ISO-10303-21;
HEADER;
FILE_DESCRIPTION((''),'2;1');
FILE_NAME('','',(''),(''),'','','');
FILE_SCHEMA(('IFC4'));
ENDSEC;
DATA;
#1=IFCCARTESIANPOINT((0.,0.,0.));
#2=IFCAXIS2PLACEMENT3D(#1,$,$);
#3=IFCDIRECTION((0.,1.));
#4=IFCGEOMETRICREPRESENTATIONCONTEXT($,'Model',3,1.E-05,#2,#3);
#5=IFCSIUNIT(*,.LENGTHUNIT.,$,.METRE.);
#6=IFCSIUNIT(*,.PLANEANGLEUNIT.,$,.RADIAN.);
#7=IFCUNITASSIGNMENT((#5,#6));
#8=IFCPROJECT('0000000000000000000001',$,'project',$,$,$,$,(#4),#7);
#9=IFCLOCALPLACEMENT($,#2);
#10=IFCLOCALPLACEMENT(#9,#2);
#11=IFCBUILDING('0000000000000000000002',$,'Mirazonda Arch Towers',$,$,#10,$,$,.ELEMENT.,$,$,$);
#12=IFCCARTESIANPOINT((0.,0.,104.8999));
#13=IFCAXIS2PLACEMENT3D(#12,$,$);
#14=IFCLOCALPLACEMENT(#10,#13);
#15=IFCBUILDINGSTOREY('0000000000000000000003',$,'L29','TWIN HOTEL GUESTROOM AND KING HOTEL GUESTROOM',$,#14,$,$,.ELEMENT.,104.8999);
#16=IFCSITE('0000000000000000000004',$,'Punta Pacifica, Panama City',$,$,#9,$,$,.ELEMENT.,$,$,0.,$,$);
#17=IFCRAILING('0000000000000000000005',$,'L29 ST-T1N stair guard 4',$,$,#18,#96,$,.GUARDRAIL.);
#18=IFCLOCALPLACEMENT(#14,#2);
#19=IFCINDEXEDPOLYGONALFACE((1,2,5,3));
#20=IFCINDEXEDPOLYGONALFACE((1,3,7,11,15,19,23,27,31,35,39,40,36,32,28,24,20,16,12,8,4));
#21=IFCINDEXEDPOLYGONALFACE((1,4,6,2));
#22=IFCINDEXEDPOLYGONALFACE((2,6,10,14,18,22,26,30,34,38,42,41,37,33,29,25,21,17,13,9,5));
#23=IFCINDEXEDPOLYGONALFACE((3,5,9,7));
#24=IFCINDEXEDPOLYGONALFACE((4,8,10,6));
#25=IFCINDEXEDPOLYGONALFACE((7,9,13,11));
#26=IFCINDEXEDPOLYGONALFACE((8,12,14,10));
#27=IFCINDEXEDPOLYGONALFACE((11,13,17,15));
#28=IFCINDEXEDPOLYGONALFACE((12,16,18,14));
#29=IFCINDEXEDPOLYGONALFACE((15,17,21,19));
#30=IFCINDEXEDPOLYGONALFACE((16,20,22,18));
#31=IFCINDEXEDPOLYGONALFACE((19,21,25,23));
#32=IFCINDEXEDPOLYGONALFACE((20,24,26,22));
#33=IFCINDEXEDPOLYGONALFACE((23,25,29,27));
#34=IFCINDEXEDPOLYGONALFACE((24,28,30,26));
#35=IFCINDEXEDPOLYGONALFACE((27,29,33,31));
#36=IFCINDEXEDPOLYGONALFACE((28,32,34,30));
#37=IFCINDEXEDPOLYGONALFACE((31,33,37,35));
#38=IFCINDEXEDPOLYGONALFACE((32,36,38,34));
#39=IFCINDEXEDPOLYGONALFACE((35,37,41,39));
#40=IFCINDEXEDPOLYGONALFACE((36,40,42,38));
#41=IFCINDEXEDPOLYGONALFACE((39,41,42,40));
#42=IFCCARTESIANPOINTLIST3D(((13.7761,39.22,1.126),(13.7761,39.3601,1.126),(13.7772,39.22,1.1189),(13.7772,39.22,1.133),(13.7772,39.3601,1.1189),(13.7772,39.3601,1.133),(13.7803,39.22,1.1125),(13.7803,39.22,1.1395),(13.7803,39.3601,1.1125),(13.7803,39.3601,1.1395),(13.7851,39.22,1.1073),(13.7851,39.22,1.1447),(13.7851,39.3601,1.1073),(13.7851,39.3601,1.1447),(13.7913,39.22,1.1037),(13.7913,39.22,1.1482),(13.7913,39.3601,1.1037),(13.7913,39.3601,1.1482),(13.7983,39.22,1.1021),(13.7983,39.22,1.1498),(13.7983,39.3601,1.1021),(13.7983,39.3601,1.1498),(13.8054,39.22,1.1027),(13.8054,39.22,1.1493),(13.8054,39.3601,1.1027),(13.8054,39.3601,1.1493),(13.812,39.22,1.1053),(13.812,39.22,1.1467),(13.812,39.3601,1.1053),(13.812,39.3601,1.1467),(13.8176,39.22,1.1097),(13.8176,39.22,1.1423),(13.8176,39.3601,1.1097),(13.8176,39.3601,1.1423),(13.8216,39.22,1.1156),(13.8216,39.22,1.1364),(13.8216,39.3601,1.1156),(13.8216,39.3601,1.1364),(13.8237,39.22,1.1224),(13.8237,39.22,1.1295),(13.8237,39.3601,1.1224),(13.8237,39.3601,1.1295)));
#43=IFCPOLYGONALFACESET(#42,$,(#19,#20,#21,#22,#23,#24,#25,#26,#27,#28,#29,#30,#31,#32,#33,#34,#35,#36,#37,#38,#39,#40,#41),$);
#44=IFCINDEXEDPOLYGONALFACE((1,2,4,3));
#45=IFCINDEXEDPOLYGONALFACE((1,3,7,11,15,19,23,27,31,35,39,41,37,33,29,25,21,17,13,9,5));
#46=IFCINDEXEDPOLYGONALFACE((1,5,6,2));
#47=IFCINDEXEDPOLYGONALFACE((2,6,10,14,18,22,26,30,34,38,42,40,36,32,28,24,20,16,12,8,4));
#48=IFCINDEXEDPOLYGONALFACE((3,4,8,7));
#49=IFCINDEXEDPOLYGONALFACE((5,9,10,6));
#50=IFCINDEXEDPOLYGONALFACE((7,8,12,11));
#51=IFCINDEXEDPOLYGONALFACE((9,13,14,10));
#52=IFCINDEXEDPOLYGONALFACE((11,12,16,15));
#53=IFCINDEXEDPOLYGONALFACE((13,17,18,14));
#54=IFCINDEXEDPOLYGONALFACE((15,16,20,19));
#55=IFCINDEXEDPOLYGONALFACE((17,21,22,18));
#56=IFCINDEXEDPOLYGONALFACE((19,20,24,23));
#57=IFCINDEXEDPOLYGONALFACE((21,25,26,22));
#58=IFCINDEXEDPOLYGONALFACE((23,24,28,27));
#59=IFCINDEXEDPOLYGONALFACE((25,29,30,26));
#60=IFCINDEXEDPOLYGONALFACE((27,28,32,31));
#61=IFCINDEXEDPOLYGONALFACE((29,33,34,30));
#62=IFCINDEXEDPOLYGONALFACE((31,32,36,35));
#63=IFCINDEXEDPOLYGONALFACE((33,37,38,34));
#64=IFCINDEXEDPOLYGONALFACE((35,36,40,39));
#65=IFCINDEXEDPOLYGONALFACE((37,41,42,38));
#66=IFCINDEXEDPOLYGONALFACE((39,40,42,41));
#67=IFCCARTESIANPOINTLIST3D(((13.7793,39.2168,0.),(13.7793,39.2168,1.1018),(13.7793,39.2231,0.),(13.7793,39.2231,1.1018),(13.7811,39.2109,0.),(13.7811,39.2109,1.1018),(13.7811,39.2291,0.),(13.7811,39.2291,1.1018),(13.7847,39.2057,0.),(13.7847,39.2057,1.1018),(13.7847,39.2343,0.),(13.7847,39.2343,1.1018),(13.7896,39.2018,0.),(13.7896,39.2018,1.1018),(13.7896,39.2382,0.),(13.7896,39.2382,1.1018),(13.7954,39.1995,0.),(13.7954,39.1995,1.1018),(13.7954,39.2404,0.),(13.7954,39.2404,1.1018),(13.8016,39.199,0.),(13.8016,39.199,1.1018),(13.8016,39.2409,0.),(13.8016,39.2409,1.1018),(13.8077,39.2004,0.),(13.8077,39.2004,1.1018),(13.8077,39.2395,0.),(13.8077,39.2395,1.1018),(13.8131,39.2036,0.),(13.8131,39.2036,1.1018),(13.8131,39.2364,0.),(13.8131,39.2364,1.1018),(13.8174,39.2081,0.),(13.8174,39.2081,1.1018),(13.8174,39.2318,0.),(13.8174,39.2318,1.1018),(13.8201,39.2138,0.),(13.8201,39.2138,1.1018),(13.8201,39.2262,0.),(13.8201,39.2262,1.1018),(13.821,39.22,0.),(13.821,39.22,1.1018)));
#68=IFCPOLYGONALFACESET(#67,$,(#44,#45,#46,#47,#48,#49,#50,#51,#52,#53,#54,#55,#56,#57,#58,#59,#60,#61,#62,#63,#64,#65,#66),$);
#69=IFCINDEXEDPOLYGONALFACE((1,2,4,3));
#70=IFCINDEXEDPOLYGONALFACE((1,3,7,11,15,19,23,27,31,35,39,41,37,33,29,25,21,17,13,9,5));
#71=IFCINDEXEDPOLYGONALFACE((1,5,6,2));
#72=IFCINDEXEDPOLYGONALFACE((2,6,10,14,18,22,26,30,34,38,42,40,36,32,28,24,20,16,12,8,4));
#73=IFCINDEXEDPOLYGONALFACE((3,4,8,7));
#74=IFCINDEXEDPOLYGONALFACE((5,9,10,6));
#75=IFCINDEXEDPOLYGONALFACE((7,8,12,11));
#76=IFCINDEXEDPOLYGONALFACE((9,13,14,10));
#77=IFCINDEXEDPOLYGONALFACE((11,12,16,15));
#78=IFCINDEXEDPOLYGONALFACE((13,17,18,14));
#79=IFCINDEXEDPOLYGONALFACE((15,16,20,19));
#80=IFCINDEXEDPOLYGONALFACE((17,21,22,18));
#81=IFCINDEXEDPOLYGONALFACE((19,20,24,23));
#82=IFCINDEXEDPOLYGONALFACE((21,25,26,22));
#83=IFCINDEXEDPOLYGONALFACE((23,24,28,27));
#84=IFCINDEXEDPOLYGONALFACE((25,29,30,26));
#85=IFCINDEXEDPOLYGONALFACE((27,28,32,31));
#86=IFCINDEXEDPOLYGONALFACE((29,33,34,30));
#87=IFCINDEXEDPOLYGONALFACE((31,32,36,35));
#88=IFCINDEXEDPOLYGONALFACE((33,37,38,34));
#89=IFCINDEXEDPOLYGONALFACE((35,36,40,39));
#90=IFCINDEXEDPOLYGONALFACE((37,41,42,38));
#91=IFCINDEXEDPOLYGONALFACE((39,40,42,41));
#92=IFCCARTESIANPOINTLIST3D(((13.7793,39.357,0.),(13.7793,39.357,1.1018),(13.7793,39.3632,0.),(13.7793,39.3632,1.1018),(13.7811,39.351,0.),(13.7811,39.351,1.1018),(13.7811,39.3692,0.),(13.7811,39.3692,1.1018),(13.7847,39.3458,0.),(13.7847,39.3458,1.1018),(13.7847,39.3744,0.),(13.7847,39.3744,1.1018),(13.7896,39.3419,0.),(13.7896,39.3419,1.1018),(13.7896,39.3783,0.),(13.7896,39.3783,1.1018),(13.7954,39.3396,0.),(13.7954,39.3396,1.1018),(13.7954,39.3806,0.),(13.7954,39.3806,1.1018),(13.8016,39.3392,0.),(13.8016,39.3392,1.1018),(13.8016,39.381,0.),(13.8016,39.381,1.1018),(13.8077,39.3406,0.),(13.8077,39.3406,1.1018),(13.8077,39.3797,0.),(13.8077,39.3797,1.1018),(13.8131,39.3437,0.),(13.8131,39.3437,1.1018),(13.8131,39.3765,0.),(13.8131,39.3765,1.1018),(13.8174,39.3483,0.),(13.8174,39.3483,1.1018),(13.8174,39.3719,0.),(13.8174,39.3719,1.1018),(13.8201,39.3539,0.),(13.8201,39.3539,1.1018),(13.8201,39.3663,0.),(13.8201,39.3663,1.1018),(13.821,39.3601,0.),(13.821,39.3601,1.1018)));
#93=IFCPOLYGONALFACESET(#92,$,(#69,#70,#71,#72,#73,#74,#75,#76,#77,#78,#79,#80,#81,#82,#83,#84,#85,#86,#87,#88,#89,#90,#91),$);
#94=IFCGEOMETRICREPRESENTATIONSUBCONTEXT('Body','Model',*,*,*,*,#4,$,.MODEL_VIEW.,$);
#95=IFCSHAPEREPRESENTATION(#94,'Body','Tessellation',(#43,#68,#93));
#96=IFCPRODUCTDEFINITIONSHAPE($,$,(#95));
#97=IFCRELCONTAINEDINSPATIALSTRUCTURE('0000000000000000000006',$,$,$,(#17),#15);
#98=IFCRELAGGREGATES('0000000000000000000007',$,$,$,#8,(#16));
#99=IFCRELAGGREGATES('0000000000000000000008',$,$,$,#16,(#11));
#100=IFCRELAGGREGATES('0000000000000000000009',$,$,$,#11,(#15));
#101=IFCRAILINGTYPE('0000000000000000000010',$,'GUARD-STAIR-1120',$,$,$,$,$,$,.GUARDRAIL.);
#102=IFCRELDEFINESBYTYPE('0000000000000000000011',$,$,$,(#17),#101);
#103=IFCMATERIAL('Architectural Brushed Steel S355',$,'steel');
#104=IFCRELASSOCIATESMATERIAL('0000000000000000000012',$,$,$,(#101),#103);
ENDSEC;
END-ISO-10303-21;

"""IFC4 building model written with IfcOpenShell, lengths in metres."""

from ifc_helpers import new_model, si_unit, direction, frame, origin, origin_2d, place, context, subcontext, project, spatial, circle, extrude, material, type_object, element, save


model = new_model("IFC4")

# Units and contexts
model_context = context("Model", 3, precision=1e-05, world=origin(), true_north=direction((0.0, 1.0)))
body_context = subcontext(model_context, "Body", "Model", "MODEL_VIEW")
ifc_project = project(units=[si_unit("LENGTHUNIT", "METRE"), si_unit("PLANEANGLEUNIT", "RADIAN")], contexts=[model_context])

# Site, building, storey
site_placement = place(None, origin())
site = spatial("IfcSite", under=ifc_project, at=site_placement, Name="Punta Pacifica, Panama City", CompositionType="ELEMENT", RefElevation=0.0)
building_placement = place(site_placement, origin())
building = spatial("IfcBuilding", under=site, at=building_placement, Name="Mirazonda Arch Towers", CompositionType="ELEMENT")
storey_placement = place(building_placement, frame((0.0, 0.0, 104.8999)))
storey = spatial("IfcBuildingStorey", under=building, at=storey_placement, Name="L29", Description="TWIN HOTEL GUESTROOM AND KING HOTEL GUESTROOM", CompositionType="ELEMENT", Elevation=104.8999)

# Shared definitions
ifc_material_1 = material(Name="Architectural Brushed Steel S355", Category="steel")

# Railing
railing_type_1 = type_object("IfcRailingType", Name="GUARD-STAIR-1120", PredefinedType="GUARDRAIL", material=ifc_material_1)
railing_1_placement = place(storey_placement, frame((13.8, 39.22, 0.0)))
element("IfcRailing", 1, at=railing_1_placement, inside=storey, type_object=railing_type_1, Name="L29 ST-T1N stair guard 4", PredefinedType="GUARDRAIL", context=body_context, shape_type="SweptSolid", body=[
    extrude(circle(Radius=0.0239, at=origin_2d()), frame((0.0, 0.0, 1.126), z_axis=(0.0, 1.0, 0.0), x_axis=(-1.0, 0.0, 0.0)), (0.0, 0.0, 1.0), 0.1401),
    extrude(circle(Radius=0.021, at=origin_2d()), origin(), (0.0, 0.0, 1.0), 1.1018),
    extrude(circle(Radius=0.021, at=origin_2d()), frame((0.0, 0.1401, 0.0)), (0.0, 0.0, 1.0), 1.1018),
])

save(model, "model.ifc")
